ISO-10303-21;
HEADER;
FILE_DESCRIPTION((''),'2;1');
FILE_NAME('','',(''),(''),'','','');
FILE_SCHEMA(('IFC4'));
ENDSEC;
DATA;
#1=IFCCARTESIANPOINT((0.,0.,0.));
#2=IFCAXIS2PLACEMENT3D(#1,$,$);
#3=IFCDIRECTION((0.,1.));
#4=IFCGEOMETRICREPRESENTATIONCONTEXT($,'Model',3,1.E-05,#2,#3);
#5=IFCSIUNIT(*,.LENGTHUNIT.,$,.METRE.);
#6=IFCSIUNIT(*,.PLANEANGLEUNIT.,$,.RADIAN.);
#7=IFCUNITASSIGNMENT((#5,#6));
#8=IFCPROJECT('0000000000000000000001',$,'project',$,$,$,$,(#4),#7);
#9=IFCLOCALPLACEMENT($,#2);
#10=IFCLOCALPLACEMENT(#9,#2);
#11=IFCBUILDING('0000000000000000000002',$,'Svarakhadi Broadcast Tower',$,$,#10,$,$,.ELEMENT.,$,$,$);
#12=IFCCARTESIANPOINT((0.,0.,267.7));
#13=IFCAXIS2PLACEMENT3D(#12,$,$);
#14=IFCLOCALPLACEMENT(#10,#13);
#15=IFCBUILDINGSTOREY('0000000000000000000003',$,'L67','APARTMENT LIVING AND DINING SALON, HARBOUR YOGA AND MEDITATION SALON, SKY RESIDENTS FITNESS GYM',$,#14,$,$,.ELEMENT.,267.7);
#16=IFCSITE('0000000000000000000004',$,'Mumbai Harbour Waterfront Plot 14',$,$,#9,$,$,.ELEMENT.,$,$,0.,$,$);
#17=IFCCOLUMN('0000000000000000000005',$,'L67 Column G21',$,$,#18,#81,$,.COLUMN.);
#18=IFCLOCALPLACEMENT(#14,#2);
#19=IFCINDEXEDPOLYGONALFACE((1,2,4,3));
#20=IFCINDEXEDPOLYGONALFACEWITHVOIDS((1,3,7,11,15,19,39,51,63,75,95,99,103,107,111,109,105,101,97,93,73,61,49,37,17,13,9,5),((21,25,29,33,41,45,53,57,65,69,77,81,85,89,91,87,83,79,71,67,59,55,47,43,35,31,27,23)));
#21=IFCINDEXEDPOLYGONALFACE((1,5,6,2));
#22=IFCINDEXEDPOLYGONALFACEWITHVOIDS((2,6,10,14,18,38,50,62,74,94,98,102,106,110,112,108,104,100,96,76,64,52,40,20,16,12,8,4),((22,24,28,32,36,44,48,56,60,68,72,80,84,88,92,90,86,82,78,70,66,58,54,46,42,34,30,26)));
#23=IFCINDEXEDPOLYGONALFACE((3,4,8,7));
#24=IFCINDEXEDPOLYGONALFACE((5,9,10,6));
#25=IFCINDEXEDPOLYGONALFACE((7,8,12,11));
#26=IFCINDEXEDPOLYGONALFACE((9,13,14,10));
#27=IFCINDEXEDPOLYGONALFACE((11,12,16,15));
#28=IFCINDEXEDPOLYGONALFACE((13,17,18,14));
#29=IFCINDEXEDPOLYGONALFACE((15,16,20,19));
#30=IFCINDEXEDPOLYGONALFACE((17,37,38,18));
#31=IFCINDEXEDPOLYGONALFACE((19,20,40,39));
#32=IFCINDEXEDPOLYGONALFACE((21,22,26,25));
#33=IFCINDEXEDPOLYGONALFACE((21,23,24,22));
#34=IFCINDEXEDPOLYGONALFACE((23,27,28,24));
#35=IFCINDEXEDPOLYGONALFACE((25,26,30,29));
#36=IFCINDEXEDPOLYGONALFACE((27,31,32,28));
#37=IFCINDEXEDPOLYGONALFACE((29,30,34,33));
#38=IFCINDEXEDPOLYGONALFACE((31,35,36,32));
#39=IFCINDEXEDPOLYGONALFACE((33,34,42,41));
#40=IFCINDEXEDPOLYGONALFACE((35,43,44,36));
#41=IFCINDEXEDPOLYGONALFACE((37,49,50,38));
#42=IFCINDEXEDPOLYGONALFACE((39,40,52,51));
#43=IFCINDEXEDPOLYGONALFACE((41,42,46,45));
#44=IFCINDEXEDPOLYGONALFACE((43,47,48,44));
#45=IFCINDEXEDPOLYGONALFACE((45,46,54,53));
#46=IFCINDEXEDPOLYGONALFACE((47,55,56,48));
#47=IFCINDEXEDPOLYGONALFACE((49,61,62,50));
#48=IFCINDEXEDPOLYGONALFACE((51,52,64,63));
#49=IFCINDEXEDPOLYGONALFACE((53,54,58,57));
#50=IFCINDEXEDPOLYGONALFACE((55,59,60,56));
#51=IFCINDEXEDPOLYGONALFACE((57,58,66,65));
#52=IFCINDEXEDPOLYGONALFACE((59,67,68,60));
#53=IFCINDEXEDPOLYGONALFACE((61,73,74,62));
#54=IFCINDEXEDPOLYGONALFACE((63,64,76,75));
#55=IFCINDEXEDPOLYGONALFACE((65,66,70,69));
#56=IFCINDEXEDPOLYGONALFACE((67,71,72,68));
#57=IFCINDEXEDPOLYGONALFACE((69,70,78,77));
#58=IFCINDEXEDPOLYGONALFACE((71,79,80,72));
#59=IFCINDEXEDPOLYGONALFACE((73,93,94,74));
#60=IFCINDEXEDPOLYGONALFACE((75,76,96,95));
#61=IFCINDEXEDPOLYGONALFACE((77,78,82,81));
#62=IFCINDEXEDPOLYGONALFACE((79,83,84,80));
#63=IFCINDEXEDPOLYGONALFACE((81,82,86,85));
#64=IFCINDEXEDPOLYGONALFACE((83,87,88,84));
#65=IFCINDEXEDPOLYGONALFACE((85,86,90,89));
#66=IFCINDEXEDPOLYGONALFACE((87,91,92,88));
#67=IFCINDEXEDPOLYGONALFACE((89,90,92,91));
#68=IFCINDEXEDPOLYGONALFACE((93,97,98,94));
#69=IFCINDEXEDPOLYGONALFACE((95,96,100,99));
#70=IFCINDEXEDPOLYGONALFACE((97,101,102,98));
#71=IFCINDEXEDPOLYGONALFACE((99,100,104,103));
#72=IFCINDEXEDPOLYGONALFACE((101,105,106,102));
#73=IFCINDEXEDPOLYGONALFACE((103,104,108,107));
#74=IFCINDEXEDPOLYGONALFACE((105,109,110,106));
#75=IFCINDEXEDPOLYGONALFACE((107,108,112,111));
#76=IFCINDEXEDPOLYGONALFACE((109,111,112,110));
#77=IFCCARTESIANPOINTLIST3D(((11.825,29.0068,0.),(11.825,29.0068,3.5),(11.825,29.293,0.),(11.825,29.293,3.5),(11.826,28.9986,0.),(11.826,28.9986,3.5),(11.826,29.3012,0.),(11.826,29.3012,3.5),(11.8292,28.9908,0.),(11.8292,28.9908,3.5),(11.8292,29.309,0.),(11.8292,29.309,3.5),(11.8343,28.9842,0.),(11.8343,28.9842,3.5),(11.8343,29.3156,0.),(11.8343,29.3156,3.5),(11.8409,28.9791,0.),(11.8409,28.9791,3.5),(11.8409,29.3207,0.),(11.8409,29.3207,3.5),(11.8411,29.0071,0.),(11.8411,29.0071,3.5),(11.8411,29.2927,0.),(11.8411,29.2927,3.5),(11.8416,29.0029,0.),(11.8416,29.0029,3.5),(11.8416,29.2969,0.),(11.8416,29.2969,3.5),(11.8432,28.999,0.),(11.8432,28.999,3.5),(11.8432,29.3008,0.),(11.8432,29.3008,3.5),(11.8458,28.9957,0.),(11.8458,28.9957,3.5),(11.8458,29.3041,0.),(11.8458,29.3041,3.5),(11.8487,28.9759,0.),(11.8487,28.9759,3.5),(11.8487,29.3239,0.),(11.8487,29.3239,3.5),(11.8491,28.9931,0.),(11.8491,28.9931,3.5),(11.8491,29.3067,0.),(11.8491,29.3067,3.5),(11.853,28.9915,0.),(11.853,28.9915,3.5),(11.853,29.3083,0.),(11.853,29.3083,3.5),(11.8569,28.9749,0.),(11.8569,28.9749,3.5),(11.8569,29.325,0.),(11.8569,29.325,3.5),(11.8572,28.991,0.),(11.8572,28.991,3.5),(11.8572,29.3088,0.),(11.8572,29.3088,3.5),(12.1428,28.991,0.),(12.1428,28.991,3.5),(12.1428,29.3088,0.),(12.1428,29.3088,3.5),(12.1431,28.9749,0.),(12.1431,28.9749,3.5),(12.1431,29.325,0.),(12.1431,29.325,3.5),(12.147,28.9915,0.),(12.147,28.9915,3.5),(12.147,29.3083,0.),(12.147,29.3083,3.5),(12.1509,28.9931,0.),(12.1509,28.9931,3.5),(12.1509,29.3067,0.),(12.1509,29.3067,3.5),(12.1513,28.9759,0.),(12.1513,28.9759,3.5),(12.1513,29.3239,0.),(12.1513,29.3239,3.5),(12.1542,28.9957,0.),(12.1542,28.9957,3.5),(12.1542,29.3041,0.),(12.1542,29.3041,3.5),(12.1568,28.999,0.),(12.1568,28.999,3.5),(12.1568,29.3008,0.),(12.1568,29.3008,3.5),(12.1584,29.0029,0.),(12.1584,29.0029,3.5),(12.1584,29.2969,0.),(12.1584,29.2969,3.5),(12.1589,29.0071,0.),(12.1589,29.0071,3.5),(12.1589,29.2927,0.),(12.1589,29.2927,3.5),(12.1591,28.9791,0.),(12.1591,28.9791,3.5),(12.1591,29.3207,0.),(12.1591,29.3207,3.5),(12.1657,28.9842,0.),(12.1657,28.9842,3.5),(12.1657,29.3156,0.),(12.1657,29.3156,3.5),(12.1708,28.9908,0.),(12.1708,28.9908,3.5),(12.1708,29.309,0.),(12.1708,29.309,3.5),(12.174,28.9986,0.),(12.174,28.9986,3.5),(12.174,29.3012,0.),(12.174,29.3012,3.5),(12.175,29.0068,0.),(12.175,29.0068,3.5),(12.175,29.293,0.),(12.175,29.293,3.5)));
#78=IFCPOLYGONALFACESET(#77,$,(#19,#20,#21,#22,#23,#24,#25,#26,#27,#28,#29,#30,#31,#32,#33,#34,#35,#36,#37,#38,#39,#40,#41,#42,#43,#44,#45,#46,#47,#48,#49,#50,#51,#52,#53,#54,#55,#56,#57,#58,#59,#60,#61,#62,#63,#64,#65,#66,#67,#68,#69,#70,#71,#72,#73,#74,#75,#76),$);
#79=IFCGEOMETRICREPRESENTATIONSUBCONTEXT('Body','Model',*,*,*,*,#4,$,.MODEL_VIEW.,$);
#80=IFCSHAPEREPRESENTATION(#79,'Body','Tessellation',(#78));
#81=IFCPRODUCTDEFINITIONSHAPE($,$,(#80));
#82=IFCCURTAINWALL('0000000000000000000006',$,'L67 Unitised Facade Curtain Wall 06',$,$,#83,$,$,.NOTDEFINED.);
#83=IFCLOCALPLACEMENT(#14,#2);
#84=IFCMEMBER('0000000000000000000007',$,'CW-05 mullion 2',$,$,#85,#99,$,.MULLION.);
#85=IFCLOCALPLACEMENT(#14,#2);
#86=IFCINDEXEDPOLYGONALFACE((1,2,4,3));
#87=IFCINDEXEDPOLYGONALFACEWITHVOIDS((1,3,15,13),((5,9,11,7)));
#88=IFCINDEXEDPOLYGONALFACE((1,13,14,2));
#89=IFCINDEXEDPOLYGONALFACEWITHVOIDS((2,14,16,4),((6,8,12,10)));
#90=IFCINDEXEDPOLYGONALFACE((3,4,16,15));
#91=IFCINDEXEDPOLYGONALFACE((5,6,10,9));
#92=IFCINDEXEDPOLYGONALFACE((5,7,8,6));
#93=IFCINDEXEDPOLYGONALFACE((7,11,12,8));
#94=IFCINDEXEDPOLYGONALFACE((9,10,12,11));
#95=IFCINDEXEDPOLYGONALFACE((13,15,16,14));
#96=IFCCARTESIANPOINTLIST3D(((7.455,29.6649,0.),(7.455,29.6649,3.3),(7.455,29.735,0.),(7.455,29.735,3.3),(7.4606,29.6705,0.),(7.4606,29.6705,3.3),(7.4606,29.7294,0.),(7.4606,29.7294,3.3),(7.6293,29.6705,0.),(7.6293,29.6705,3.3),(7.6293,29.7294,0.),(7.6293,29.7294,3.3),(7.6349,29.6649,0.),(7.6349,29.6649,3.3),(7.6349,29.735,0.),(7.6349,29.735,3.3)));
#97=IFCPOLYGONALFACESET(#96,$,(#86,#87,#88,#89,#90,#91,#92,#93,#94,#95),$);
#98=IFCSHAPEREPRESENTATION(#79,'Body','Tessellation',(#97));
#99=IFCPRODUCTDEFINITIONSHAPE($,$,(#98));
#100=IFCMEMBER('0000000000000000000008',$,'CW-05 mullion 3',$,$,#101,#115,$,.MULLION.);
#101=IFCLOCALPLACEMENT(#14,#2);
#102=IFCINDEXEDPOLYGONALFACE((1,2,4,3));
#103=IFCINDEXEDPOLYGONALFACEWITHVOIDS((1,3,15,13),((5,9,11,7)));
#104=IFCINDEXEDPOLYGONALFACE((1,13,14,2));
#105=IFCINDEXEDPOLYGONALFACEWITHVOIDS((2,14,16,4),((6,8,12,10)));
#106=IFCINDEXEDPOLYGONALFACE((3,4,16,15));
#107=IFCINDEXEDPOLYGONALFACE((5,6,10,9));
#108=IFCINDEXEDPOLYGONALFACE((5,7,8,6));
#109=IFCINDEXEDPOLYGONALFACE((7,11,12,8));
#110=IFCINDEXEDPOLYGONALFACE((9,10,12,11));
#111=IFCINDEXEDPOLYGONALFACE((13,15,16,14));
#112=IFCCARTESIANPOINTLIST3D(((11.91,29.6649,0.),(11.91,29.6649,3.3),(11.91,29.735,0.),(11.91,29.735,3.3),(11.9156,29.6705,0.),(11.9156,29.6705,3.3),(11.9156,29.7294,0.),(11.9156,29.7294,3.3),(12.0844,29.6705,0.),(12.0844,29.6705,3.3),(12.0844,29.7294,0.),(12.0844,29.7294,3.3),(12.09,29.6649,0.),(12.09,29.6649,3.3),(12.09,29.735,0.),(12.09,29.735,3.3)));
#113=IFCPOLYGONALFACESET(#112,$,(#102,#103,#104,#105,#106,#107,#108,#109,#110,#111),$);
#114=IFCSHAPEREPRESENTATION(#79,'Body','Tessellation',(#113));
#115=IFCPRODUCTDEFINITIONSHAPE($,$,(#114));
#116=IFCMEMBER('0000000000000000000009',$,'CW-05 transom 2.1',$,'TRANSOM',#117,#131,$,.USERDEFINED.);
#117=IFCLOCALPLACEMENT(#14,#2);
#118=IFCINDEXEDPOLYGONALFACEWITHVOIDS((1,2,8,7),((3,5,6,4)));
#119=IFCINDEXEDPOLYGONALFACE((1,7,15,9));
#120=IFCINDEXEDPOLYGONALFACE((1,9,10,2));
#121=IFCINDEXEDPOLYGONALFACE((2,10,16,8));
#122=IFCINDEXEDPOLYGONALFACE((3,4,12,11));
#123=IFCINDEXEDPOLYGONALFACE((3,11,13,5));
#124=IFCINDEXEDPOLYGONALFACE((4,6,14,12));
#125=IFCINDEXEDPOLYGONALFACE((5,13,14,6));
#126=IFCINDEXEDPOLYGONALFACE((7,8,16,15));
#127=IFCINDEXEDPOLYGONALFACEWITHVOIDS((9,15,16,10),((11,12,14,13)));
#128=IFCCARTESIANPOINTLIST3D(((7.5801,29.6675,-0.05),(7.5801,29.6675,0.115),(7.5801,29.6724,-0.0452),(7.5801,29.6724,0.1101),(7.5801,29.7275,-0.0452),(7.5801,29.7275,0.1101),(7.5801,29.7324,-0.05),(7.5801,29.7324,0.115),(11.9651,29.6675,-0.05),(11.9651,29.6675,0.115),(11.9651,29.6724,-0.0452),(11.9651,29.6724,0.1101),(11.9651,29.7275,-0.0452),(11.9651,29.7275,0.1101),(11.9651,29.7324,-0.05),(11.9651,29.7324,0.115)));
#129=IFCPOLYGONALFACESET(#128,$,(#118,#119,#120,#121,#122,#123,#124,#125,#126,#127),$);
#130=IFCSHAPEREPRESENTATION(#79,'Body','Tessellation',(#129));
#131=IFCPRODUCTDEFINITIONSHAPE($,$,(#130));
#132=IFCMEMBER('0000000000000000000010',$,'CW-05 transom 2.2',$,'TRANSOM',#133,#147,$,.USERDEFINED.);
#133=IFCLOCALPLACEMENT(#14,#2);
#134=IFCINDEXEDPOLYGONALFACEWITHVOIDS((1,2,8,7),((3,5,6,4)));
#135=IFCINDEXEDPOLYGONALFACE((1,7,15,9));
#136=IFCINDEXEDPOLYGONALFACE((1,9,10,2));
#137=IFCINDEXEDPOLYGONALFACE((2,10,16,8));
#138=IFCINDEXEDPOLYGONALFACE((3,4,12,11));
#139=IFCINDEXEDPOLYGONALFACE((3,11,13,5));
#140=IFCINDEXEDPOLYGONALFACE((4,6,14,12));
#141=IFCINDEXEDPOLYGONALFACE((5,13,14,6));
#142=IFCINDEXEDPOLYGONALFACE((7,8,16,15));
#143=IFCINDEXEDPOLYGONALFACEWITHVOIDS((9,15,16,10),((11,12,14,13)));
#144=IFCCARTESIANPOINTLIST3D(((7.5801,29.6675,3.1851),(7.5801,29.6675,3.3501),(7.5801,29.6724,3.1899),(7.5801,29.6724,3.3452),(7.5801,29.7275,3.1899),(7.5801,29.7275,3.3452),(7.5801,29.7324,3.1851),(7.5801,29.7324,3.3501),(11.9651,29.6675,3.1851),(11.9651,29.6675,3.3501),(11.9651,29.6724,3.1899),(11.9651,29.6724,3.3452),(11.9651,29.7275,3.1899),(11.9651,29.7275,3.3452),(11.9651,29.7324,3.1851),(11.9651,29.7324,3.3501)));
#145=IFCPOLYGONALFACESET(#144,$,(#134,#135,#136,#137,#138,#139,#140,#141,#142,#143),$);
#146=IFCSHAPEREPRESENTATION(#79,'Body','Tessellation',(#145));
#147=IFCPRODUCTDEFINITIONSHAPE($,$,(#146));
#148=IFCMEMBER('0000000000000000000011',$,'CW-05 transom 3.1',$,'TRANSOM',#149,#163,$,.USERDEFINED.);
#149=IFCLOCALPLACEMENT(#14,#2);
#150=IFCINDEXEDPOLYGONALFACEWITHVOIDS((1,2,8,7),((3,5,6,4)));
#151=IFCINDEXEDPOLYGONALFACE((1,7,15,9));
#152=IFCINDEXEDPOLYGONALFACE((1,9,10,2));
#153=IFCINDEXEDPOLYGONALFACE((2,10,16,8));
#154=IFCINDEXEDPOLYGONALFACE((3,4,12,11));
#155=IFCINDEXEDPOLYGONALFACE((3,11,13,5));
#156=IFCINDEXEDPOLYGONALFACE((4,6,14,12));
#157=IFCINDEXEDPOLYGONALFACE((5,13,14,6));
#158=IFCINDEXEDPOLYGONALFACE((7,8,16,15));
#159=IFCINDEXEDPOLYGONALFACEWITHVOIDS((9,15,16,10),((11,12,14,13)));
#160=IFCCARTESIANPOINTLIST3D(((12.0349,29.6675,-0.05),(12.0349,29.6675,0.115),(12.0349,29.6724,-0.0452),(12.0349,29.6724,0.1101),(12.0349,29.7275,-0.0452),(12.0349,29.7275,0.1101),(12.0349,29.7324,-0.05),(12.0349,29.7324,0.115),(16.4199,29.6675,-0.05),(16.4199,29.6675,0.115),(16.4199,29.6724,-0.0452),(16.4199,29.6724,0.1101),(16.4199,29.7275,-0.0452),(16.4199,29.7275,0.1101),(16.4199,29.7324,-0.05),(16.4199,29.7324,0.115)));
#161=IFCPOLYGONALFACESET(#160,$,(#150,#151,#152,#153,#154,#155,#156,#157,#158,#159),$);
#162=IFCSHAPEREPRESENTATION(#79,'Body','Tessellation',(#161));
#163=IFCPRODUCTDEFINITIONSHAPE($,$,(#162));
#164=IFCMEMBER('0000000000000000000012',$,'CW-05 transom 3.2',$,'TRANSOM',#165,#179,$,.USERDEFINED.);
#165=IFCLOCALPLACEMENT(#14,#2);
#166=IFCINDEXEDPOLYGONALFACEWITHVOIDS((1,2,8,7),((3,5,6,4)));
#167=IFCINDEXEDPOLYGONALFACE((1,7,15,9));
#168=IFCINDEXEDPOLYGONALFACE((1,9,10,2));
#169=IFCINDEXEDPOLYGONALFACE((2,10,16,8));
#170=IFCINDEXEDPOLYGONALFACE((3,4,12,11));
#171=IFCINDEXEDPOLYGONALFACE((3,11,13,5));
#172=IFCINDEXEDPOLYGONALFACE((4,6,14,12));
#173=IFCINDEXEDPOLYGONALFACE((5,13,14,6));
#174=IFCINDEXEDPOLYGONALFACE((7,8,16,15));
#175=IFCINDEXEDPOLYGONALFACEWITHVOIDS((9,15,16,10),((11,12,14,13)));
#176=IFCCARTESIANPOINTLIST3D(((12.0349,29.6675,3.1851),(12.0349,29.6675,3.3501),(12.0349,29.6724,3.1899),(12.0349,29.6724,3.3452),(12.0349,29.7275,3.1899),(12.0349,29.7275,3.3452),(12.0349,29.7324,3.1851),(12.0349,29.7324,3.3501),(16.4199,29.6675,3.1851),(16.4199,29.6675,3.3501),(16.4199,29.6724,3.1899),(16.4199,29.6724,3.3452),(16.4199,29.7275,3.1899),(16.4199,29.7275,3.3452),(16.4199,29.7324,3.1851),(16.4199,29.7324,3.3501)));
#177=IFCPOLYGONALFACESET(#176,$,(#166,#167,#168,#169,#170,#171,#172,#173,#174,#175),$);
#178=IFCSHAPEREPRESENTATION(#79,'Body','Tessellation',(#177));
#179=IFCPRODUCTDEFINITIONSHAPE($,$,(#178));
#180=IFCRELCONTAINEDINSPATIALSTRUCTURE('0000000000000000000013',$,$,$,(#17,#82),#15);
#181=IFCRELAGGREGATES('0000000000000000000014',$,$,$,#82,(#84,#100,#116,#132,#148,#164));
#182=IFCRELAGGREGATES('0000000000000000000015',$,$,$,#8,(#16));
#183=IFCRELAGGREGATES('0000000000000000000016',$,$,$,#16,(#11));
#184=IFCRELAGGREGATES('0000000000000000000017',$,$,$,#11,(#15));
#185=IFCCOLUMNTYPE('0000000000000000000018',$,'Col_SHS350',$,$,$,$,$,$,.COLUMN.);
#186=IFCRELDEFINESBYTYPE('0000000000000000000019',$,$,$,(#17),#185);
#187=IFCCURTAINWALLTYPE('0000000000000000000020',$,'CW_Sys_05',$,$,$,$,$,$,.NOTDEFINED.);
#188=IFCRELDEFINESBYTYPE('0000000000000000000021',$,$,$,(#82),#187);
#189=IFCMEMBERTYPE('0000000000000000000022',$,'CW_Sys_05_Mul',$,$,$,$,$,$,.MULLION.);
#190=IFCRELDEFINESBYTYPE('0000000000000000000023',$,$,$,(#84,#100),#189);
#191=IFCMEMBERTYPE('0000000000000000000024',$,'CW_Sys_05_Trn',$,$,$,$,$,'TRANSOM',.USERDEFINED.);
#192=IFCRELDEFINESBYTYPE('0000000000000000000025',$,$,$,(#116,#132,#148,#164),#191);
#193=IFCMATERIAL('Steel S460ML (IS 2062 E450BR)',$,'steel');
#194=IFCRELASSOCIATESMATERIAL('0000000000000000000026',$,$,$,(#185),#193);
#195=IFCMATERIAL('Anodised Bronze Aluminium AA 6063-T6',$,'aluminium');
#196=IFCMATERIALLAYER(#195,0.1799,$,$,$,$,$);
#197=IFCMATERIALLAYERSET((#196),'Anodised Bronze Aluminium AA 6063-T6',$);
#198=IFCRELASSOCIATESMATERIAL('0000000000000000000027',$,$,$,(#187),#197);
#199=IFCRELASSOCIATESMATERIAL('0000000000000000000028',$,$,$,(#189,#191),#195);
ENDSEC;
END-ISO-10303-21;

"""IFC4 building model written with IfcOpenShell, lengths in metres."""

from ifc_helpers import new_model, si_unit, direction, frame, origin, origin_2d, place, context, subcontext, project, spatial, hollow_rectangle, extrude, material, layer, layer_set, material_profile, profile_set, type_object, element, aggregate, save


model = new_model("IFC4")

# Units and contexts
model_context = context("Model", 3, precision=1e-05, world=origin(), true_north=direction((0.0, 1.0)))
body_context = subcontext(model_context, "Body", "Model", "MODEL_VIEW")
ifc_project = project(units=[si_unit("LENGTHUNIT", "METRE"), si_unit("PLANEANGLEUNIT", "RADIAN")], contexts=[model_context])

# Site, building, storey
site_placement = place(None, origin())
site = spatial("IfcSite", under=ifc_project, at=site_placement, Name="Mumbai Harbour Waterfront Plot 14", CompositionType="ELEMENT", RefElevation=0.0)
building_placement = place(site_placement, origin())
building = spatial("IfcBuilding", under=site, at=building_placement, Name="Svarakhadi Broadcast Tower", CompositionType="ELEMENT")
storey_placement = place(building_placement, frame((0.0, 0.0, 267.7)))
storey = spatial("IfcBuildingStorey", under=building, at=storey_placement, Name="L67", Description="APARTMENT LIVING AND DINING SALON, HARBOUR YOGA AND MEDITATION SALON, SKY RESIDENTS FITNESS GYM", CompositionType="ELEMENT", Elevation=267.7)

# Column
ifc_material_1 = material(Name="Steel S460ML (IS 2062 E450BR)", Category="steel")
ifc_material_profile_1 = material_profile(ifc_material_1, hollow_rectangle(XDim=0.3501, YDim=0.3501, WallThickness=0.0161, InnerFilletRadius=0.0161, OuterFilletRadius=0.032, at=origin_2d()), Name="SHS 350x350x16")
ifc_profile_set_1 = profile_set([ifc_material_profile_1], Name="Steel S460ML (IS 2062 E450BR)")
column_type = type_object("IfcColumnType", Name="Col_SHS350", PredefinedType="COLUMN", material=ifc_profile_set_1)
column_placement = place(storey_placement, frame((12.0, 29.1499, 0.0), z_axis=(0.0, 0.0, 1.0), x_axis=(1.0, 0.0, 0.0)))
element("IfcColumn", 1, at=column_placement, inside=storey, type_object=column_type, Name="L67 Column G21", PredefinedType="COLUMN", context=body_context, shape_type="SweptSolid", body=[
    extrude(hollow_rectangle(XDim=0.3501, YDim=0.3501, WallThickness=0.0161, InnerFilletRadius=0.0161, OuterFilletRadius=0.032, at=origin_2d()), origin(), (0.0, 0.0, 1.0), 3.5),
])

# Curtain wall, members
ifc_material_2 = material(Name="Anodised Bronze Aluminium AA 6063-T6", Category="aluminium")
ifc_layer_1 = layer(ifc_material_2, 0.1799)
ifc_layer_set_1 = layer_set([ifc_layer_1], Name="Anodised Bronze Aluminium AA 6063-T6")
curtain_wall_type = type_object("IfcCurtainWallType", Name="CW_Sys_05", PredefinedType="NOTDEFINED", material=ifc_layer_set_1)
curtain_wall_placement = place(storey_placement, origin())
curtain_wall = element("IfcCurtainWall", 2, at=curtain_wall_placement, inside=storey, type_object=curtain_wall_type, Name="L67 Unitised Facade Curtain Wall 06", PredefinedType="NOTDEFINED")
ifc_material_profile_2 = material_profile(ifc_material_2, hollow_rectangle(XDim=0.0701, YDim=0.1799, WallThickness=0.0056, at=origin_2d()), Name="ALU MULLION 180x70x6")
ifc_profile_set_2 = profile_set([ifc_material_profile_2], Name="Anodised Bronze Aluminium AA 6063-T6")
member_type_1 = type_object("IfcMemberType", Name="CW_Sys_05_Mul", PredefinedType="MULLION", material=ifc_profile_set_2)
member_1_placement = place(storey_placement, frame((7.5449, 29.7, 0.0), z_axis=(0.0, 0.0, 1.0), x_axis=(0.0, 1.0, 0.0)))
member_1 = element("IfcMember", 3, at=member_1_placement, type_object=member_type_1, Name="CW-05 mullion 2", PredefinedType="MULLION", context=body_context, shape_type="SweptSolid", body=[
    extrude(hollow_rectangle(XDim=0.0701, YDim=0.1799, WallThickness=0.0056, at=origin_2d()), origin(), (0.0, 0.0, 1.0), 3.3),
])
member_2_placement = place(storey_placement, frame((12.0, 29.7, 0.0), z_axis=(0.0, 0.0, 1.0), x_axis=(0.0, 1.0, 0.0)))
member_2 = element("IfcMember", 4, at=member_2_placement, type_object=member_type_1, Name="CW-05 mullion 3", PredefinedType="MULLION", context=body_context, shape_type="SweptSolid", body=[
    extrude(hollow_rectangle(XDim=0.0701, YDim=0.1799, WallThickness=0.0056, at=origin_2d()), origin(), (0.0, 0.0, 1.0), 3.3),
])
ifc_material_profile_3 = material_profile(ifc_material_2, hollow_rectangle(XDim=0.0649, YDim=0.165, WallThickness=0.0049, at=origin_2d()), Name="ALU TRANSOM 165x65x5")
ifc_profile_set_3 = profile_set([ifc_material_profile_3], Name="Anodised Bronze Aluminium AA 6063-T6")
member_type_2 = type_object("IfcMemberType", Name="CW_Sys_05_Trn", ElementType="TRANSOM", PredefinedType="USERDEFINED", material=ifc_profile_set_3)
member_3_placement = place(storey_placement, frame((7.5801, 29.7, 0.0325), z_axis=(1.0, 0.0, 0.0), x_axis=(0.0, 1.0, 0.0)))
member_3 = element("IfcMember", 5, at=member_3_placement, type_object=member_type_2, Name="CW-05 transom 2.1", ObjectType="TRANSOM", PredefinedType="USERDEFINED", context=body_context, shape_type="SweptSolid", body=[
    extrude(hollow_rectangle(XDim=0.0649, YDim=0.165, WallThickness=0.0049, at=origin_2d()), origin(), (0.0, 0.0, 1.0), 4.385),
])
member_4_placement = place(storey_placement, frame((7.5801, 29.7, 3.2676), z_axis=(1.0, 0.0, 0.0), x_axis=(0.0, 1.0, 0.0)))
member_4 = element("IfcMember", 6, at=member_4_placement, type_object=member_type_2, Name="CW-05 transom 2.2", ObjectType="TRANSOM", PredefinedType="USERDEFINED", context=body_context, shape_type="SweptSolid", body=[
    extrude(hollow_rectangle(XDim=0.0649, YDim=0.165, WallThickness=0.0049, at=origin_2d()), origin(), (0.0, 0.0, 1.0), 4.385),
])
member_5_placement = place(storey_placement, frame((12.0349, 29.7, 0.0325), z_axis=(1.0, 0.0, 0.0), x_axis=(0.0, 1.0, 0.0)))
member_5 = element("IfcMember", 7, at=member_5_placement, type_object=member_type_2, Name="CW-05 transom 3.1", ObjectType="TRANSOM", PredefinedType="USERDEFINED", context=body_context, shape_type="SweptSolid", body=[
    extrude(hollow_rectangle(XDim=0.0649, YDim=0.165, WallThickness=0.0049, at=origin_2d()), origin(), (0.0, 0.0, 1.0), 4.385),
])
member_6_placement = place(storey_placement, frame((12.0349, 29.7, 3.2676), z_axis=(1.0, 0.0, 0.0), x_axis=(0.0, 1.0, 0.0)))
member_6 = element("IfcMember", 8, at=member_6_placement, type_object=member_type_2, Name="CW-05 transom 3.2", ObjectType="TRANSOM", PredefinedType="USERDEFINED", context=body_context, shape_type="SweptSolid", body=[
    extrude(hollow_rectangle(XDim=0.0649, YDim=0.165, WallThickness=0.0049, at=origin_2d()), origin(), (0.0, 0.0, 1.0), 4.385),
])

aggregate(curtain_wall, [member_1, member_2, member_3, member_4, member_5, member_6])

save(model, "model.ifc")
